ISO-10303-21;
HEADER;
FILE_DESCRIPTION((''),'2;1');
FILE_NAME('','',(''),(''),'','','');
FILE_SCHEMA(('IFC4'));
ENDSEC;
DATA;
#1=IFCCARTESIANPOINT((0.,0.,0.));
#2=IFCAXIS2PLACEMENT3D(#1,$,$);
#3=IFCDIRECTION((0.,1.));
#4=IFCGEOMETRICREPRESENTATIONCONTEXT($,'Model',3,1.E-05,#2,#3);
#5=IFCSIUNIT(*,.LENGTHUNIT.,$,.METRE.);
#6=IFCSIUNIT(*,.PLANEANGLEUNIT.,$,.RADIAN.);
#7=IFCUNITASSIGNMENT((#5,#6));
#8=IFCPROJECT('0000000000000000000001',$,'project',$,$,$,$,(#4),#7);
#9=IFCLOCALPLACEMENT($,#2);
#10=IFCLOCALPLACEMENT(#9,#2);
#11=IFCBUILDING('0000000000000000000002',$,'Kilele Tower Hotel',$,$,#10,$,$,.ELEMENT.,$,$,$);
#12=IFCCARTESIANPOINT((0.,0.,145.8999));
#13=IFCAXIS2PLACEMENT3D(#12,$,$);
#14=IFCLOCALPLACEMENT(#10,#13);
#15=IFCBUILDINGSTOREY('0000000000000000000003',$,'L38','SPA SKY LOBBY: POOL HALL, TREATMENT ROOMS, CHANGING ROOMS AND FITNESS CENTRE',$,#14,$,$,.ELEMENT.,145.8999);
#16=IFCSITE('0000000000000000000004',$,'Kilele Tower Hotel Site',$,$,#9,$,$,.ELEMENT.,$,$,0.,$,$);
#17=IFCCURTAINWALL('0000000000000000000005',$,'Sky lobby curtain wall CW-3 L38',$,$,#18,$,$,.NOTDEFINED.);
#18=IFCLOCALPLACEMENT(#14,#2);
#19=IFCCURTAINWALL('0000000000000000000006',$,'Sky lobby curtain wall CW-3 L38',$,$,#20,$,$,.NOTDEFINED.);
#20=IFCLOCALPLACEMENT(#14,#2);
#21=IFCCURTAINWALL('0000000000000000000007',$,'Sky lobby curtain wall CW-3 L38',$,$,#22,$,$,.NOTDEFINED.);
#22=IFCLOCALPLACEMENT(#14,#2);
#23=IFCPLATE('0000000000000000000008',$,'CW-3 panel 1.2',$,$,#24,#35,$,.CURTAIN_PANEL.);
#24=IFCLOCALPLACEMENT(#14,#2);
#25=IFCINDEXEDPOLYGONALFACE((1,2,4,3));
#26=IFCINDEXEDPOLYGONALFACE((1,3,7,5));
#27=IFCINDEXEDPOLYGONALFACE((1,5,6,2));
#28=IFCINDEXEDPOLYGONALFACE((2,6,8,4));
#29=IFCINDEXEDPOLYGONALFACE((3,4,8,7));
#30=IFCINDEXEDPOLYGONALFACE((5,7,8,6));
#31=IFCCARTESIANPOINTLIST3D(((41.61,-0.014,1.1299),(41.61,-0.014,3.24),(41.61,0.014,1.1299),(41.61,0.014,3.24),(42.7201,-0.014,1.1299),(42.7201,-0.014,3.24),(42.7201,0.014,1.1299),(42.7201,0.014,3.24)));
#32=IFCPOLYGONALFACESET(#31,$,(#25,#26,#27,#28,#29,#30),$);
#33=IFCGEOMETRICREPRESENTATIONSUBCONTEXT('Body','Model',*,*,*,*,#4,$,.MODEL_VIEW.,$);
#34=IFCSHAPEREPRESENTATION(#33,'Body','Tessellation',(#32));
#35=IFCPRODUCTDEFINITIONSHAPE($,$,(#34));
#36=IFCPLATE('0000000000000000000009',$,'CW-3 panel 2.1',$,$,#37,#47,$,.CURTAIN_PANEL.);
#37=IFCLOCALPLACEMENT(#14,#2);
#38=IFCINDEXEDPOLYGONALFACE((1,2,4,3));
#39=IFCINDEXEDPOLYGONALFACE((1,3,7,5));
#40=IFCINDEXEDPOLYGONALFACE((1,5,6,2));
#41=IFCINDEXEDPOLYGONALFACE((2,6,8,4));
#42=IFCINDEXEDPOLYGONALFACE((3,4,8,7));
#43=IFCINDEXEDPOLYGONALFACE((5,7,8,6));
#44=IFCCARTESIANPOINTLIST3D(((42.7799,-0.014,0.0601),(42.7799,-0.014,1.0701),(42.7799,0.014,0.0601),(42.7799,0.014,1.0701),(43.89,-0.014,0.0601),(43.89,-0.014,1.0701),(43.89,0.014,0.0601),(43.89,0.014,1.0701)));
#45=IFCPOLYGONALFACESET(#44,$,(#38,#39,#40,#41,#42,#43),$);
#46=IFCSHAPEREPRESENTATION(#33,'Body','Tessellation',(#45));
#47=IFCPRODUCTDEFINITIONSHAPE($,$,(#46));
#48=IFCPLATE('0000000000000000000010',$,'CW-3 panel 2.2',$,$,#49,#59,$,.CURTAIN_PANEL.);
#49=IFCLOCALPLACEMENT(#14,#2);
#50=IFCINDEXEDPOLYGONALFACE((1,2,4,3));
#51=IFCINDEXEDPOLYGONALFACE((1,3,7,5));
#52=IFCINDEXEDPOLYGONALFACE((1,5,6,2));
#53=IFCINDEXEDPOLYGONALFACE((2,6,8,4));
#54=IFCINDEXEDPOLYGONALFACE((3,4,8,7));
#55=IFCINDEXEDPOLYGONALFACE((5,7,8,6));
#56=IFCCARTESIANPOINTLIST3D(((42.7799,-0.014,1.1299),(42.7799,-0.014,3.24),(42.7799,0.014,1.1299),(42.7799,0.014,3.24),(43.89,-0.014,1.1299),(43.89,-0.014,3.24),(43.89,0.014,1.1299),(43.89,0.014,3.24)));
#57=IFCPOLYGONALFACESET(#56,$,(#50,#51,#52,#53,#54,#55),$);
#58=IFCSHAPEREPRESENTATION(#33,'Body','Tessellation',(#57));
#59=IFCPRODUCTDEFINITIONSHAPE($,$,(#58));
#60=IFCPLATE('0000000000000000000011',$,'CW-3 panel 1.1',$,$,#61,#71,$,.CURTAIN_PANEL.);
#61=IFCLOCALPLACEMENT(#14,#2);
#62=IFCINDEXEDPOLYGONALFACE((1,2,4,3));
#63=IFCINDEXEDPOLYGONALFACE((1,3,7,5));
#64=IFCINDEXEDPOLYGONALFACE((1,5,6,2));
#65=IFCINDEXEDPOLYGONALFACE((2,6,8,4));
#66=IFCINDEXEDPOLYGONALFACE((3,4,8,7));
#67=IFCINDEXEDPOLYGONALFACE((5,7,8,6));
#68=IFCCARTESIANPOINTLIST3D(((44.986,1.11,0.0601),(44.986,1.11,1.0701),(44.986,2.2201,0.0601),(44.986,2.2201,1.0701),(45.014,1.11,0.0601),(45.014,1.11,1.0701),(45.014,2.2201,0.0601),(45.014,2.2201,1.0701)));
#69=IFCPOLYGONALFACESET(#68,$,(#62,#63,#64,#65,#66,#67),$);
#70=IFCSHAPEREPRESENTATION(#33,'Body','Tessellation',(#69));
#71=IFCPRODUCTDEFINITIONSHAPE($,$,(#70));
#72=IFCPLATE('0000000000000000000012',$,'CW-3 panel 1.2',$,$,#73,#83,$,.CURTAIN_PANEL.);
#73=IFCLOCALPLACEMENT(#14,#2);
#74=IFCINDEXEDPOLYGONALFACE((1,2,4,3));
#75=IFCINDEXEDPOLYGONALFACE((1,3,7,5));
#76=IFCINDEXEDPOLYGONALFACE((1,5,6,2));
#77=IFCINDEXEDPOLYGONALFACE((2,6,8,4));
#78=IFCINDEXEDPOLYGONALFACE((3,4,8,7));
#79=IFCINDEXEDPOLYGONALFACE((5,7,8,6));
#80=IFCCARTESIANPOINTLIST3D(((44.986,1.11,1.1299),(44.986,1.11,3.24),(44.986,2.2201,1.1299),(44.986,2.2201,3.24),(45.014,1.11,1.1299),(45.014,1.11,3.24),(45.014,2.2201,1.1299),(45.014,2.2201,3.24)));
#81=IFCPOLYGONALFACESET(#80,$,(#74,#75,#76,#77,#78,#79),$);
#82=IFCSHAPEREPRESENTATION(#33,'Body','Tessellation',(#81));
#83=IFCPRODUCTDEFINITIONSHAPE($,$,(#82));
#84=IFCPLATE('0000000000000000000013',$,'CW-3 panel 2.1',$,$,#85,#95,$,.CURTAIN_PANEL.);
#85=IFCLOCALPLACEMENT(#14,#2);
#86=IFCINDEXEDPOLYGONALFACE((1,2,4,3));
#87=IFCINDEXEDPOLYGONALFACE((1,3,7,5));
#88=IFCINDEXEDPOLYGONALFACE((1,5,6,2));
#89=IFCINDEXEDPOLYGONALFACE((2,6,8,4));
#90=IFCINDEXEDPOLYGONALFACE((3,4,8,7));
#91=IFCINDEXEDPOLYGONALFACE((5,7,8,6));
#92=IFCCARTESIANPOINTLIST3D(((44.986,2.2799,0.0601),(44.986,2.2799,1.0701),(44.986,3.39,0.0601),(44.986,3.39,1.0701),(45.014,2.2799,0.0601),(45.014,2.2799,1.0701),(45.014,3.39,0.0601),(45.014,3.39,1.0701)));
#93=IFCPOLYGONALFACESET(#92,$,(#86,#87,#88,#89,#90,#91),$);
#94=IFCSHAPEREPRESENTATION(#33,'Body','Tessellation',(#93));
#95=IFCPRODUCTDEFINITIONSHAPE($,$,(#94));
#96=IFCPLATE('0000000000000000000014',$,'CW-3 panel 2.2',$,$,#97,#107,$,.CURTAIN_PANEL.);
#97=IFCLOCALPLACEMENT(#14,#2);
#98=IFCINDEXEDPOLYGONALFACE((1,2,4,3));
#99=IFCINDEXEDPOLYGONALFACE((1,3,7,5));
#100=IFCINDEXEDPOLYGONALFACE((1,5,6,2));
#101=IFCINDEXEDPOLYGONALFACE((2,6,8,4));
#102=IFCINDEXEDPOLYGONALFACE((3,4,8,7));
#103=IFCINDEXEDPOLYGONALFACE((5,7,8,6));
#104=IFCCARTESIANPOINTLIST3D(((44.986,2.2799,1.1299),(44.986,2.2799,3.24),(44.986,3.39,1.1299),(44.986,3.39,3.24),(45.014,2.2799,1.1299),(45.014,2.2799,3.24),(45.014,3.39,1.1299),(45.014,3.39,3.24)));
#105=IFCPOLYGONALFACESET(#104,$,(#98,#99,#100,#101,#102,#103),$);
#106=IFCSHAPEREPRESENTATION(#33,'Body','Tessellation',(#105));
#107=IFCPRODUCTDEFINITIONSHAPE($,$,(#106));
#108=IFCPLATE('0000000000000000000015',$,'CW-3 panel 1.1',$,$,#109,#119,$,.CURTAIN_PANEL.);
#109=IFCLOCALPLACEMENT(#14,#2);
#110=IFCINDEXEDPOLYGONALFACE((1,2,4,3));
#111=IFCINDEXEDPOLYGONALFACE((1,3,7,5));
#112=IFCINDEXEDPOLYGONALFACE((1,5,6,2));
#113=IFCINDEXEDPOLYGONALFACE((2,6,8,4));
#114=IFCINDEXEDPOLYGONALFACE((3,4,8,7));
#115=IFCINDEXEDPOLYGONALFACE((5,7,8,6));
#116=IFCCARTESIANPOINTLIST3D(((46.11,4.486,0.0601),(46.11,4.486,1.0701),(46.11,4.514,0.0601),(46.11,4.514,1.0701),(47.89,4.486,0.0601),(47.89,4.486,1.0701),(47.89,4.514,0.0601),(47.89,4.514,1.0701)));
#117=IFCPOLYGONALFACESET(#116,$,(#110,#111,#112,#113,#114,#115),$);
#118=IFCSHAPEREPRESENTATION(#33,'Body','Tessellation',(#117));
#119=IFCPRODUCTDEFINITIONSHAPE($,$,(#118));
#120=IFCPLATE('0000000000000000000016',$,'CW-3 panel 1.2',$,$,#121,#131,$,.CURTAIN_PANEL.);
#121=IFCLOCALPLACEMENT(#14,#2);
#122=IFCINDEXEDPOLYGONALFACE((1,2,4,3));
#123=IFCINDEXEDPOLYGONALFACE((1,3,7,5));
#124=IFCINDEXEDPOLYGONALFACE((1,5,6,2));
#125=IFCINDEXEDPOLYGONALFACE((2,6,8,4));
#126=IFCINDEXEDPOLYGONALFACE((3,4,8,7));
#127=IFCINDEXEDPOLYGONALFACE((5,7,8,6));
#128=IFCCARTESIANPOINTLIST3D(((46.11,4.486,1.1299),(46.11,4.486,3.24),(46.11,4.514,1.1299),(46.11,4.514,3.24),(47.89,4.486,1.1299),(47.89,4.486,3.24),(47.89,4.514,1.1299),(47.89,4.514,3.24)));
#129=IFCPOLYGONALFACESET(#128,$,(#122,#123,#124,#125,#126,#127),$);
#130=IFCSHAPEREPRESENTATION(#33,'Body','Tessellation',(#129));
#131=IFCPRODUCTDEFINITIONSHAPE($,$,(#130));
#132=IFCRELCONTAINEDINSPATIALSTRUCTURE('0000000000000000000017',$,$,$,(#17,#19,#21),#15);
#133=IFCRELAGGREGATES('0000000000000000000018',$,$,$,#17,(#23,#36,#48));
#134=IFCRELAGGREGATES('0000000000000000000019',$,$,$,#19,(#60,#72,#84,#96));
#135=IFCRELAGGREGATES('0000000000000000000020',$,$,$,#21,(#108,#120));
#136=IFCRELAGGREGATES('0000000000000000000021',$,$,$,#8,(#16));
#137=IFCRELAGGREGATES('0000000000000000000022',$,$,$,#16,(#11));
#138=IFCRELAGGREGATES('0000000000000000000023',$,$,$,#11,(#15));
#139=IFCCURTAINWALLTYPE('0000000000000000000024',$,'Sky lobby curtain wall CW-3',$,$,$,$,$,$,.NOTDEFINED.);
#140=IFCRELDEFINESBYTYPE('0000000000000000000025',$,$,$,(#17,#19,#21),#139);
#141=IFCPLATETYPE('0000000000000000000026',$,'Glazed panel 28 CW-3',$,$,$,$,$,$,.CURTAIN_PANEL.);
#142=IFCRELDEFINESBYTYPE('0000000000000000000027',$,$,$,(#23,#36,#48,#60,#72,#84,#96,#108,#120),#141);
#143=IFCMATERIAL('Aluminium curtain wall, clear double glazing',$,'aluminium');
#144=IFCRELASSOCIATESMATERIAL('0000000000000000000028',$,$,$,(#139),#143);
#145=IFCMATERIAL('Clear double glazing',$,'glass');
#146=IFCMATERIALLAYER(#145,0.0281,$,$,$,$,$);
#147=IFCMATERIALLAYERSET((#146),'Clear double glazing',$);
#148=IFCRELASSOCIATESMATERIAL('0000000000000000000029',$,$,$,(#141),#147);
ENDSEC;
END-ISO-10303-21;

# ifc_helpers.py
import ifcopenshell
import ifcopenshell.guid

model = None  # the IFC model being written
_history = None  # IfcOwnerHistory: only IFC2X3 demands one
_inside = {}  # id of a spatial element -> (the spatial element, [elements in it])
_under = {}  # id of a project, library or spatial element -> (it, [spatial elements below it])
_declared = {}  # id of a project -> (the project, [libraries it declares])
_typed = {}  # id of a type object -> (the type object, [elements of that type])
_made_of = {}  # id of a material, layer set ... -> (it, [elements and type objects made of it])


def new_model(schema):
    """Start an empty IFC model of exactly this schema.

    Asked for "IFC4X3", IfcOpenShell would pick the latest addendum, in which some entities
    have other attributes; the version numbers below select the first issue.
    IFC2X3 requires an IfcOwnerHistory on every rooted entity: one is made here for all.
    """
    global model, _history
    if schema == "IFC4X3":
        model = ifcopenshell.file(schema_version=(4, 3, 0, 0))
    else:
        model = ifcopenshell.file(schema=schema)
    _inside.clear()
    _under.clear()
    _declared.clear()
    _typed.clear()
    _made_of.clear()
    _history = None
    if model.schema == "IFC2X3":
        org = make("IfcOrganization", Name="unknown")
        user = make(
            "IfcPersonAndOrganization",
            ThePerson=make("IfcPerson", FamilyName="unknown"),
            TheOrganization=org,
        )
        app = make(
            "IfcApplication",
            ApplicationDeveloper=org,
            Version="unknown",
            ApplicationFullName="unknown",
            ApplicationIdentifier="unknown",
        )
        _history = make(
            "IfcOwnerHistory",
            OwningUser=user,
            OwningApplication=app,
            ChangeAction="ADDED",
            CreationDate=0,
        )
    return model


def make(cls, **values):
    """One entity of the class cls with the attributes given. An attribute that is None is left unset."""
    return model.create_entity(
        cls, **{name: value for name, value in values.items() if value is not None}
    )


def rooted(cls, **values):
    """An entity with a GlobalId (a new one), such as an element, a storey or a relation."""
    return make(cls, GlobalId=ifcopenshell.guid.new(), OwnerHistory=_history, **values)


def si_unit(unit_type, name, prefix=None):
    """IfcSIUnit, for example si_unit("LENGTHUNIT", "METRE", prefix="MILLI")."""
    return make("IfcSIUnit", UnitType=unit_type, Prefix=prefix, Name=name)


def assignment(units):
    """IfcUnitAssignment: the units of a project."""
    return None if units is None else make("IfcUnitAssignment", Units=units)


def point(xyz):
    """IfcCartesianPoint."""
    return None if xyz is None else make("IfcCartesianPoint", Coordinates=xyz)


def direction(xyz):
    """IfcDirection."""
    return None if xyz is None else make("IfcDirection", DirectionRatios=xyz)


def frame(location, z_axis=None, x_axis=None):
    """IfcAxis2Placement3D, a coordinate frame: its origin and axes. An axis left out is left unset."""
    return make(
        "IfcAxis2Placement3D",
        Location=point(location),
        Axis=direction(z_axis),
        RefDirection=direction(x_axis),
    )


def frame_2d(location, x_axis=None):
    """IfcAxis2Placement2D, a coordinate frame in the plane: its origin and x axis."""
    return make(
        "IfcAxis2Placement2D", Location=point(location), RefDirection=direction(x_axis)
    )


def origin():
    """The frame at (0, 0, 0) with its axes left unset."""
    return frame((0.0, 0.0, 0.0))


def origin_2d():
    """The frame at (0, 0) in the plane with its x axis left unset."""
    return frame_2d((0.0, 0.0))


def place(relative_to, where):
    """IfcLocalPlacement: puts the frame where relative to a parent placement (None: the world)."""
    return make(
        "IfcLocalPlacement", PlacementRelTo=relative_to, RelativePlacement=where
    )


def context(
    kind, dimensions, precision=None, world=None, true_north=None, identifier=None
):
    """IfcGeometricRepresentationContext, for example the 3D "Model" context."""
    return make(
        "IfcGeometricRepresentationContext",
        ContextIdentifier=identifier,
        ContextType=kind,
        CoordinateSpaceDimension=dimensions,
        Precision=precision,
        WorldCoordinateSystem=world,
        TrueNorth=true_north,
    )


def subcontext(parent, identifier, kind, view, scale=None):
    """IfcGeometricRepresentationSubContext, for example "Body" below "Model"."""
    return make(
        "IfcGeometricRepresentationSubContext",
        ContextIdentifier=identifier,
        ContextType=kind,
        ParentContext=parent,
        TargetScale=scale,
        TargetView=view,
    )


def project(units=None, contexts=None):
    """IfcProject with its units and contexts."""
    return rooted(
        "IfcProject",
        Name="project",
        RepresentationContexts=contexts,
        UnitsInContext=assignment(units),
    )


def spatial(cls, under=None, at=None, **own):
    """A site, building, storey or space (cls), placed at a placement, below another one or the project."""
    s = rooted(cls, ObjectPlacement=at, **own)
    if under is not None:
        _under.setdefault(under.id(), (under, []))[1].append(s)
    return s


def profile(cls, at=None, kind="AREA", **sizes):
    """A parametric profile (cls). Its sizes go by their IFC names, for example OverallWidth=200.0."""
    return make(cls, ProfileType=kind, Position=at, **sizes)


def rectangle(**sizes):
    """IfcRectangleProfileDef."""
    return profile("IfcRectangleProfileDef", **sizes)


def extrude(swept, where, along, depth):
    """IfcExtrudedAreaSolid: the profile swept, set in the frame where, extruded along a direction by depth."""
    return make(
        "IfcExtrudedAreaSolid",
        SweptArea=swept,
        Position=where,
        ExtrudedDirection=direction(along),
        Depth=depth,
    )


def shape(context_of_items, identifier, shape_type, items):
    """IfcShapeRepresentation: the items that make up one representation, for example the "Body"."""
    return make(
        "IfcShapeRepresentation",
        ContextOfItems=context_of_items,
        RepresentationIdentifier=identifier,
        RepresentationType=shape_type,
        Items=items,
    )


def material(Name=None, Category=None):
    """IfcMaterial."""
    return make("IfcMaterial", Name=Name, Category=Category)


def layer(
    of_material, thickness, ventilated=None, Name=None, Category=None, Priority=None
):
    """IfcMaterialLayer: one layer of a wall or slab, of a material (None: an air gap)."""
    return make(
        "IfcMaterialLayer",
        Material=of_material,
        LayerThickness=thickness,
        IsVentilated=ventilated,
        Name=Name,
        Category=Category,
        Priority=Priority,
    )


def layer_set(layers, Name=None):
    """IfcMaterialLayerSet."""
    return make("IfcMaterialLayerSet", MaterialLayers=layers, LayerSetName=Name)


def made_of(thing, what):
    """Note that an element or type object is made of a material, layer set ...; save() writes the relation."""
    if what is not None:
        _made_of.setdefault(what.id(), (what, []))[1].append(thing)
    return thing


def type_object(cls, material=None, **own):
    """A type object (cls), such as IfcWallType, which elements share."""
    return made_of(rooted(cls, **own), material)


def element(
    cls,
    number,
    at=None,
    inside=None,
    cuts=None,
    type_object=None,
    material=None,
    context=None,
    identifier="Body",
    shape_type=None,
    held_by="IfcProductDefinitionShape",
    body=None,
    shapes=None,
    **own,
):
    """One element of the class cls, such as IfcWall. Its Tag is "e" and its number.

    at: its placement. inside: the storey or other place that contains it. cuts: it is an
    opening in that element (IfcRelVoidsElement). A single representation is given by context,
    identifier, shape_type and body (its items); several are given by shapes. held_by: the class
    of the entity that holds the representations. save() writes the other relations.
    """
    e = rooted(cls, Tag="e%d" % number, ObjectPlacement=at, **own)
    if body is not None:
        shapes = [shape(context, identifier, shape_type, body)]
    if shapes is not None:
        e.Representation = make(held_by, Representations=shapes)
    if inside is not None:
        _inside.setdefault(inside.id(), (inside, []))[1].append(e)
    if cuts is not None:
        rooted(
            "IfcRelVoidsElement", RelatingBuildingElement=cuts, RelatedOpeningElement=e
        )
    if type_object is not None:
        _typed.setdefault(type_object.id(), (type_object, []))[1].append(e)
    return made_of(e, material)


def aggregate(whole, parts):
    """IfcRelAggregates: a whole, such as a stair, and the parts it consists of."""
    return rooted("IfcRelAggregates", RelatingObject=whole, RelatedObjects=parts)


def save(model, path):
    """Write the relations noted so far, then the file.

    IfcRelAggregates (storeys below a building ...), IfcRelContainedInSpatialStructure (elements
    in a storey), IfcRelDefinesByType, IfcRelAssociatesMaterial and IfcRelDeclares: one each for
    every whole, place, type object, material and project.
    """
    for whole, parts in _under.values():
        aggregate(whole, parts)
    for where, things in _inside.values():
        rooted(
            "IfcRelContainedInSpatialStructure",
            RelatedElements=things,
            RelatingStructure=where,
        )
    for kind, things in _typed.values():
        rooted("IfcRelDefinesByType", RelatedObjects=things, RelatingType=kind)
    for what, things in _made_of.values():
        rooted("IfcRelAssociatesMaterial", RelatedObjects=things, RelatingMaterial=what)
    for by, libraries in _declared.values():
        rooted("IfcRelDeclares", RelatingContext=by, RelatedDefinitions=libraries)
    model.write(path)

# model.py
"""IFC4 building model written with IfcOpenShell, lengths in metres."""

from ifc_helpers import new_model, si_unit, direction, frame, origin, origin_2d, place, context, subcontext, project, spatial, rectangle, extrude, material, layer, layer_set, type_object, element, aggregate, save


model = new_model("IFC4")

# Units and contexts
model_context = context("Model", 3, precision=1e-05, world=origin(), true_north=direction((0.0, 1.0)))
body_context = subcontext(model_context, "Body", "Model", "MODEL_VIEW")
ifc_project = project(units=[si_unit("LENGTHUNIT", "METRE"), si_unit("PLANEANGLEUNIT", "RADIAN")], contexts=[model_context])

# Site, building, storey
site_placement = place(None, origin())
site = spatial("IfcSite", under=ifc_project, at=site_placement, Name="Kilele Tower Hotel Site", CompositionType="ELEMENT", RefElevation=0.0)
building_placement = place(site_placement, origin())
building = spatial("IfcBuilding", under=site, at=building_placement, Name="Kilele Tower Hotel", CompositionType="ELEMENT")
storey_placement = place(building_placement, frame((0.0, 0.0, 145.8999)))
storey = spatial("IfcBuildingStorey", under=building, at=storey_placement, Name="L38", Description="SPA SKY LOBBY: POOL HALL, TREATMENT ROOMS, CHANGING ROOMS AND FITNESS CENTRE", CompositionType="ELEMENT", Elevation=145.8999)

# Curtain walls
ifc_material_1 = material(Name="Aluminium curtain wall, clear double glazing", Category="aluminium")
curtain_wall_type = type_object("IfcCurtainWallType", Name="Sky lobby curtain wall CW-3", PredefinedType="NOTDEFINED", material=ifc_material_1)
curtain_wall_1_placement = place(storey_placement, origin())
curtain_wall_1 = element("IfcCurtainWall", 1, at=curtain_wall_1_placement, inside=storey, type_object=curtain_wall_type, Name="Sky lobby curtain wall CW-3 L38", PredefinedType="NOTDEFINED")
curtain_wall_2_placement = place(storey_placement, origin())
curtain_wall_2 = element("IfcCurtainWall", 2, at=curtain_wall_2_placement, inside=storey, type_object=curtain_wall_type, Name="Sky lobby curtain wall CW-3 L38", PredefinedType="NOTDEFINED")

# Curtain wall
curtain_wall_3_placement = place(storey_placement, origin())
curtain_wall_3 = element("IfcCurtainWall", 3, at=curtain_wall_3_placement, inside=storey, type_object=curtain_wall_type, Name="Sky lobby curtain wall CW-3 L38", PredefinedType="NOTDEFINED")

# Plates
ifc_material_2 = material(Name="Clear double glazing", Category="glass")
ifc_layer = layer(ifc_material_2, 0.0281)
ifc_layer_set = layer_set([ifc_layer], Name="Clear double glazing")
plate_type = type_object("IfcPlateType", Name="Glazed panel 28 CW-3", PredefinedType="CURTAIN_PANEL", material=ifc_layer_set)
plate_1_placement = place(storey_placement, frame((42.165, 0.0, 1.1299), z_axis=(0.0, 0.0, 1.0), x_axis=(1.0, 0.0, 0.0)))
plate_1 = element("IfcPlate", 4, at=plate_1_placement, type_object=plate_type, Name="CW-3 panel 1.2", PredefinedType="CURTAIN_PANEL", context=body_context, shape_type="SweptSolid", body=[
    extrude(rectangle(XDim=1.1101, YDim=0.0281, at=origin_2d()), origin(), (0.0, 0.0, 1.0), 2.1101),
])
plate_2_placement = place(storey_placement, frame((43.335, 0.0, 0.0601), z_axis=(0.0, 0.0, 1.0), x_axis=(1.0, 0.0, 0.0)))
plate_2 = element("IfcPlate", 5, at=plate_2_placement, type_object=plate_type, Name="CW-3 panel 2.1", PredefinedType="CURTAIN_PANEL", context=body_context, shape_type="SweptSolid", body=[
    extrude(rectangle(XDim=1.1101, YDim=0.0281, at=origin_2d()), origin(), (0.0, 0.0, 1.0), 1.01),
])
plate_3_placement = place(storey_placement, frame((43.335, 0.0, 1.1299), z_axis=(0.0, 0.0, 1.0), x_axis=(1.0, 0.0, 0.0)))
plate_3 = element("IfcPlate", 6, at=plate_3_placement, type_object=plate_type, Name="CW-3 panel 2.2", PredefinedType="CURTAIN_PANEL", context=body_context, shape_type="SweptSolid", body=[
    extrude(rectangle(XDim=1.1101, YDim=0.0281, at=origin_2d()), origin(), (0.0, 0.0, 1.0), 2.1101),
])
aggregate(curtain_wall_1, [plate_1, plate_2, plate_3])
plate_4_placement = place(storey_placement, frame((45.0, 1.665, 0.0601), z_axis=(0.0, 0.0, 1.0), x_axis=(0.0, 1.0, 0.0)))
plate_4 = element("IfcPlate", 7, at=plate_4_placement, type_object=plate_type, Name="CW-3 panel 1.1", PredefinedType="CURTAIN_PANEL", context=body_context, shape_type="SweptSolid", body=[
    extrude(rectangle(XDim=1.1101, YDim=0.0281, at=origin_2d()), origin(), (0.0, 0.0, 1.0), 1.01),
])
plate_5_placement = place(storey_placement, frame((45.0, 1.665, 1.1299), z_axis=(0.0, 0.0, 1.0), x_axis=(0.0, 1.0, 0.0)))
plate_5 = element("IfcPlate", 8, at=plate_5_placement, type_object=plate_type, Name="CW-3 panel 1.2", PredefinedType="CURTAIN_PANEL", context=body_context, shape_type="SweptSolid", body=[
    extrude(rectangle(XDim=1.1101, YDim=0.0281, at=origin_2d()), origin(), (0.0, 0.0, 1.0), 2.1101),
])
plate_6_placement = place(storey_placement, frame((45.0, 2.835, 0.0601), z_axis=(0.0, 0.0, 1.0), x_axis=(0.0, 1.0, 0.0)))
plate_6 = element("IfcPlate", 9, at=plate_6_placement, type_object=plate_type, Name="CW-3 panel 2.1", PredefinedType="CURTAIN_PANEL", context=body_context, shape_type="SweptSolid", body=[
    extrude(rectangle(XDim=1.1101, YDim=0.0281, at=origin_2d()), origin(), (0.0, 0.0, 1.0), 1.01),
])
plate_7_placement = place(storey_placement, frame((45.0, 2.835, 1.1299), z_axis=(0.0, 0.0, 1.0), x_axis=(0.0, 1.0, 0.0)))
plate_7 = element("IfcPlate", 10, at=plate_7_placement, type_object=plate_type, Name="CW-3 panel 2.2", PredefinedType="CURTAIN_PANEL", context=body_context, shape_type="SweptSolid", body=[
    extrude(rectangle(XDim=1.1101, YDim=0.0281, at=origin_2d()), origin(), (0.0, 0.0, 1.0), 2.1101),
])
aggregate(curtain_wall_2, [plate_4, plate_5, plate_6, plate_7])
plate_8_placement = place(storey_placement, frame((47.0, 4.5, 0.0601), z_axis=(0.0, 0.0, 1.0), x_axis=(1.0, 0.0, 0.0)))
plate_8 = element("IfcPlate", 11, at=plate_8_placement, type_object=plate_type, Name="CW-3 panel 1.1", PredefinedType="CURTAIN_PANEL", context=body_context, shape_type="SweptSolid", body=[
    extrude(rectangle(XDim=1.78, YDim=0.0281, at=origin_2d()), origin(), (0.0, 0.0, 1.0), 1.01),
])
plate_9_placement = place(storey_placement, frame((47.0, 4.5, 1.1299), z_axis=(0.0, 0.0, 1.0), x_axis=(1.0, 0.0, 0.0)))
plate_9 = element("IfcPlate", 12, at=plate_9_placement, type_object=plate_type, Name="CW-3 panel 1.2", PredefinedType="CURTAIN_PANEL", context=body_context, shape_type="SweptSolid", body=[
    extrude(rectangle(XDim=1.78, YDim=0.0281, at=origin_2d()), origin(), (0.0, 0.0, 1.0), 2.1101),
])
aggregate(curtain_wall_3, [plate_8, plate_9])

save(model, "model.ifc")
